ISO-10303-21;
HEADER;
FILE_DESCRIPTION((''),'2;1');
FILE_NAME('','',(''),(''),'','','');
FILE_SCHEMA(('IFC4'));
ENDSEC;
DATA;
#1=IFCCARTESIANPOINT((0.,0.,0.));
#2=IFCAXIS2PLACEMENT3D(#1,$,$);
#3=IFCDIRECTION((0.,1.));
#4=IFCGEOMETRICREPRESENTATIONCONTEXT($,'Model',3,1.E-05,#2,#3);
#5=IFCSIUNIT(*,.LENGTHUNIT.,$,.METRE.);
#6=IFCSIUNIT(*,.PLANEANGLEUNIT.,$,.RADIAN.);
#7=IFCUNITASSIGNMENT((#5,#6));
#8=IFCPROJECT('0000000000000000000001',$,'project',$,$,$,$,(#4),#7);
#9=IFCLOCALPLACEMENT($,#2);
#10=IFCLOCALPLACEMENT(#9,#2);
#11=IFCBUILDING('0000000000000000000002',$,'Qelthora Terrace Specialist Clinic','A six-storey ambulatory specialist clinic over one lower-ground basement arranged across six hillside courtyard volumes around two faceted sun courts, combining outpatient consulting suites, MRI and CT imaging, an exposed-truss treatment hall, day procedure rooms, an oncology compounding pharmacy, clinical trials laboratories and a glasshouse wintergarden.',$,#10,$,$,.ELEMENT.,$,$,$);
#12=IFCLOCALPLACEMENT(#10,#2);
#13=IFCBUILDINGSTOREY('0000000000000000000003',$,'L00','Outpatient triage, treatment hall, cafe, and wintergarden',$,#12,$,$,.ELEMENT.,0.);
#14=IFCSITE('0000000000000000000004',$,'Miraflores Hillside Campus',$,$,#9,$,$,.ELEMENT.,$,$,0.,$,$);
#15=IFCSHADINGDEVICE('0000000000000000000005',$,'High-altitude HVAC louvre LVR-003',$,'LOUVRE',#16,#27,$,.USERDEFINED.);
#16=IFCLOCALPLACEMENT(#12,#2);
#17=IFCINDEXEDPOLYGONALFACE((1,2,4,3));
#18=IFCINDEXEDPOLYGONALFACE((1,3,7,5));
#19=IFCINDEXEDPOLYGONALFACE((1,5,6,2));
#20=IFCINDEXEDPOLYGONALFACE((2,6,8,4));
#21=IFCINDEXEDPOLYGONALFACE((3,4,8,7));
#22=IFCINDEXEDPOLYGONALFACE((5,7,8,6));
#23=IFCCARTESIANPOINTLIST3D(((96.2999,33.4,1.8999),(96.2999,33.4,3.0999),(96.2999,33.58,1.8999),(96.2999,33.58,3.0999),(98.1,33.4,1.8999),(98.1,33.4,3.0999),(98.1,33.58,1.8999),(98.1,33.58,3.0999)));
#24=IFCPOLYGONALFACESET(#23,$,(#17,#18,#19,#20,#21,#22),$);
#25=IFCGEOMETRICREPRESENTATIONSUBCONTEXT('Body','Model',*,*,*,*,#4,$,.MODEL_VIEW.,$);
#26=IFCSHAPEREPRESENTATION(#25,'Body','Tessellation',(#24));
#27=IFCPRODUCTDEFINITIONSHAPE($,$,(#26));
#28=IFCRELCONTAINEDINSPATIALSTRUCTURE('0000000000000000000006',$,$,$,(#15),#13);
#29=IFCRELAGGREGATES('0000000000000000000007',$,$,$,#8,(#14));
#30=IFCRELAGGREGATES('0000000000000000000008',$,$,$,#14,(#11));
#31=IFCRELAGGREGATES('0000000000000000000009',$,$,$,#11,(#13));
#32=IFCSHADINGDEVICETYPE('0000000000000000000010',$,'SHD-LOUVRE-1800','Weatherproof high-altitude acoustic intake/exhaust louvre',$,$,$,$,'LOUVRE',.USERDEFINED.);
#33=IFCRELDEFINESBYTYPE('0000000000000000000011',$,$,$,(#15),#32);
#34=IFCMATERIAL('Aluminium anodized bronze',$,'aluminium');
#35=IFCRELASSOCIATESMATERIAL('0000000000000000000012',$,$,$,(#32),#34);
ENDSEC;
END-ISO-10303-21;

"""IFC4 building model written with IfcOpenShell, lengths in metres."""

from ifc_helpers import new_model, si_unit, direction, frame, origin, origin_2d, place, context, subcontext, project, spatial, rectangle, extrude, material, type_object, element, save


model = new_model("IFC4")

# Units and contexts
model_context = context("Model", 3, precision=1e-05, world=origin(), true_north=direction((0.0, 1.0)))
body_context = subcontext(model_context, "Body", "Model", "MODEL_VIEW")
ifc_project = project(units=[si_unit("LENGTHUNIT", "METRE"), si_unit("PLANEANGLEUNIT", "RADIAN")], contexts=[model_context])

# Site, building, storey
site_placement = place(None, origin())
site = spatial("IfcSite", under=ifc_project, at=site_placement, Name="Miraflores Hillside Campus", CompositionType="ELEMENT", RefElevation=0.0)
building_placement = place(site_placement, origin())
building = spatial("IfcBuilding", under=site, at=building_placement, Name="Qelthora Terrace Specialist Clinic", Description="A six-storey ambulatory specialist clinic over one lower-ground basement arranged across six hillside courtyard volumes around two faceted sun courts, combining outpatient consulting suites, MRI and CT imaging, an exposed-truss treatment hall, day procedure rooms, an oncology compounding pharmacy, clinical trials laboratories and a glasshouse wintergarden.", CompositionType="ELEMENT")
storey_placement = place(building_placement, origin())
storey = spatial("IfcBuildingStorey", under=building, at=storey_placement, Name="L00", Description="Outpatient triage, treatment hall, cafe, and wintergarden", CompositionType="ELEMENT", Elevation=0.0)

# Shading device
ifc_material_1 = material(Name="Aluminium anodized bronze", Category="aluminium")
shading_device_type_1 = type_object("IfcShadingDeviceType", Name="SHD-LOUVRE-1800", Description="Weatherproof high-altitude acoustic intake/exhaust louvre", ElementType="LOUVRE", PredefinedType="USERDEFINED", material=ifc_material_1)
shading_device_placement = place(storey_placement, frame((97.2, 33.49, 1.8999), z_axis=(0.0, 0.0, 1.0), x_axis=(1.0, 0.0, 0.0)))
element("IfcShadingDevice", 1, at=shading_device_placement, inside=storey, type_object=shading_device_type_1, Name="High-altitude HVAC louvre LVR-003", ObjectType="LOUVRE", PredefinedType="USERDEFINED", context=body_context, shape_type="SweptSolid", body=[
    extrude(rectangle(XDim=1.8, YDim=0.1799, at=origin_2d()), origin(), (0.0, 0.0, 1.0), 1.2),
])

save(model, "model.ifc")
